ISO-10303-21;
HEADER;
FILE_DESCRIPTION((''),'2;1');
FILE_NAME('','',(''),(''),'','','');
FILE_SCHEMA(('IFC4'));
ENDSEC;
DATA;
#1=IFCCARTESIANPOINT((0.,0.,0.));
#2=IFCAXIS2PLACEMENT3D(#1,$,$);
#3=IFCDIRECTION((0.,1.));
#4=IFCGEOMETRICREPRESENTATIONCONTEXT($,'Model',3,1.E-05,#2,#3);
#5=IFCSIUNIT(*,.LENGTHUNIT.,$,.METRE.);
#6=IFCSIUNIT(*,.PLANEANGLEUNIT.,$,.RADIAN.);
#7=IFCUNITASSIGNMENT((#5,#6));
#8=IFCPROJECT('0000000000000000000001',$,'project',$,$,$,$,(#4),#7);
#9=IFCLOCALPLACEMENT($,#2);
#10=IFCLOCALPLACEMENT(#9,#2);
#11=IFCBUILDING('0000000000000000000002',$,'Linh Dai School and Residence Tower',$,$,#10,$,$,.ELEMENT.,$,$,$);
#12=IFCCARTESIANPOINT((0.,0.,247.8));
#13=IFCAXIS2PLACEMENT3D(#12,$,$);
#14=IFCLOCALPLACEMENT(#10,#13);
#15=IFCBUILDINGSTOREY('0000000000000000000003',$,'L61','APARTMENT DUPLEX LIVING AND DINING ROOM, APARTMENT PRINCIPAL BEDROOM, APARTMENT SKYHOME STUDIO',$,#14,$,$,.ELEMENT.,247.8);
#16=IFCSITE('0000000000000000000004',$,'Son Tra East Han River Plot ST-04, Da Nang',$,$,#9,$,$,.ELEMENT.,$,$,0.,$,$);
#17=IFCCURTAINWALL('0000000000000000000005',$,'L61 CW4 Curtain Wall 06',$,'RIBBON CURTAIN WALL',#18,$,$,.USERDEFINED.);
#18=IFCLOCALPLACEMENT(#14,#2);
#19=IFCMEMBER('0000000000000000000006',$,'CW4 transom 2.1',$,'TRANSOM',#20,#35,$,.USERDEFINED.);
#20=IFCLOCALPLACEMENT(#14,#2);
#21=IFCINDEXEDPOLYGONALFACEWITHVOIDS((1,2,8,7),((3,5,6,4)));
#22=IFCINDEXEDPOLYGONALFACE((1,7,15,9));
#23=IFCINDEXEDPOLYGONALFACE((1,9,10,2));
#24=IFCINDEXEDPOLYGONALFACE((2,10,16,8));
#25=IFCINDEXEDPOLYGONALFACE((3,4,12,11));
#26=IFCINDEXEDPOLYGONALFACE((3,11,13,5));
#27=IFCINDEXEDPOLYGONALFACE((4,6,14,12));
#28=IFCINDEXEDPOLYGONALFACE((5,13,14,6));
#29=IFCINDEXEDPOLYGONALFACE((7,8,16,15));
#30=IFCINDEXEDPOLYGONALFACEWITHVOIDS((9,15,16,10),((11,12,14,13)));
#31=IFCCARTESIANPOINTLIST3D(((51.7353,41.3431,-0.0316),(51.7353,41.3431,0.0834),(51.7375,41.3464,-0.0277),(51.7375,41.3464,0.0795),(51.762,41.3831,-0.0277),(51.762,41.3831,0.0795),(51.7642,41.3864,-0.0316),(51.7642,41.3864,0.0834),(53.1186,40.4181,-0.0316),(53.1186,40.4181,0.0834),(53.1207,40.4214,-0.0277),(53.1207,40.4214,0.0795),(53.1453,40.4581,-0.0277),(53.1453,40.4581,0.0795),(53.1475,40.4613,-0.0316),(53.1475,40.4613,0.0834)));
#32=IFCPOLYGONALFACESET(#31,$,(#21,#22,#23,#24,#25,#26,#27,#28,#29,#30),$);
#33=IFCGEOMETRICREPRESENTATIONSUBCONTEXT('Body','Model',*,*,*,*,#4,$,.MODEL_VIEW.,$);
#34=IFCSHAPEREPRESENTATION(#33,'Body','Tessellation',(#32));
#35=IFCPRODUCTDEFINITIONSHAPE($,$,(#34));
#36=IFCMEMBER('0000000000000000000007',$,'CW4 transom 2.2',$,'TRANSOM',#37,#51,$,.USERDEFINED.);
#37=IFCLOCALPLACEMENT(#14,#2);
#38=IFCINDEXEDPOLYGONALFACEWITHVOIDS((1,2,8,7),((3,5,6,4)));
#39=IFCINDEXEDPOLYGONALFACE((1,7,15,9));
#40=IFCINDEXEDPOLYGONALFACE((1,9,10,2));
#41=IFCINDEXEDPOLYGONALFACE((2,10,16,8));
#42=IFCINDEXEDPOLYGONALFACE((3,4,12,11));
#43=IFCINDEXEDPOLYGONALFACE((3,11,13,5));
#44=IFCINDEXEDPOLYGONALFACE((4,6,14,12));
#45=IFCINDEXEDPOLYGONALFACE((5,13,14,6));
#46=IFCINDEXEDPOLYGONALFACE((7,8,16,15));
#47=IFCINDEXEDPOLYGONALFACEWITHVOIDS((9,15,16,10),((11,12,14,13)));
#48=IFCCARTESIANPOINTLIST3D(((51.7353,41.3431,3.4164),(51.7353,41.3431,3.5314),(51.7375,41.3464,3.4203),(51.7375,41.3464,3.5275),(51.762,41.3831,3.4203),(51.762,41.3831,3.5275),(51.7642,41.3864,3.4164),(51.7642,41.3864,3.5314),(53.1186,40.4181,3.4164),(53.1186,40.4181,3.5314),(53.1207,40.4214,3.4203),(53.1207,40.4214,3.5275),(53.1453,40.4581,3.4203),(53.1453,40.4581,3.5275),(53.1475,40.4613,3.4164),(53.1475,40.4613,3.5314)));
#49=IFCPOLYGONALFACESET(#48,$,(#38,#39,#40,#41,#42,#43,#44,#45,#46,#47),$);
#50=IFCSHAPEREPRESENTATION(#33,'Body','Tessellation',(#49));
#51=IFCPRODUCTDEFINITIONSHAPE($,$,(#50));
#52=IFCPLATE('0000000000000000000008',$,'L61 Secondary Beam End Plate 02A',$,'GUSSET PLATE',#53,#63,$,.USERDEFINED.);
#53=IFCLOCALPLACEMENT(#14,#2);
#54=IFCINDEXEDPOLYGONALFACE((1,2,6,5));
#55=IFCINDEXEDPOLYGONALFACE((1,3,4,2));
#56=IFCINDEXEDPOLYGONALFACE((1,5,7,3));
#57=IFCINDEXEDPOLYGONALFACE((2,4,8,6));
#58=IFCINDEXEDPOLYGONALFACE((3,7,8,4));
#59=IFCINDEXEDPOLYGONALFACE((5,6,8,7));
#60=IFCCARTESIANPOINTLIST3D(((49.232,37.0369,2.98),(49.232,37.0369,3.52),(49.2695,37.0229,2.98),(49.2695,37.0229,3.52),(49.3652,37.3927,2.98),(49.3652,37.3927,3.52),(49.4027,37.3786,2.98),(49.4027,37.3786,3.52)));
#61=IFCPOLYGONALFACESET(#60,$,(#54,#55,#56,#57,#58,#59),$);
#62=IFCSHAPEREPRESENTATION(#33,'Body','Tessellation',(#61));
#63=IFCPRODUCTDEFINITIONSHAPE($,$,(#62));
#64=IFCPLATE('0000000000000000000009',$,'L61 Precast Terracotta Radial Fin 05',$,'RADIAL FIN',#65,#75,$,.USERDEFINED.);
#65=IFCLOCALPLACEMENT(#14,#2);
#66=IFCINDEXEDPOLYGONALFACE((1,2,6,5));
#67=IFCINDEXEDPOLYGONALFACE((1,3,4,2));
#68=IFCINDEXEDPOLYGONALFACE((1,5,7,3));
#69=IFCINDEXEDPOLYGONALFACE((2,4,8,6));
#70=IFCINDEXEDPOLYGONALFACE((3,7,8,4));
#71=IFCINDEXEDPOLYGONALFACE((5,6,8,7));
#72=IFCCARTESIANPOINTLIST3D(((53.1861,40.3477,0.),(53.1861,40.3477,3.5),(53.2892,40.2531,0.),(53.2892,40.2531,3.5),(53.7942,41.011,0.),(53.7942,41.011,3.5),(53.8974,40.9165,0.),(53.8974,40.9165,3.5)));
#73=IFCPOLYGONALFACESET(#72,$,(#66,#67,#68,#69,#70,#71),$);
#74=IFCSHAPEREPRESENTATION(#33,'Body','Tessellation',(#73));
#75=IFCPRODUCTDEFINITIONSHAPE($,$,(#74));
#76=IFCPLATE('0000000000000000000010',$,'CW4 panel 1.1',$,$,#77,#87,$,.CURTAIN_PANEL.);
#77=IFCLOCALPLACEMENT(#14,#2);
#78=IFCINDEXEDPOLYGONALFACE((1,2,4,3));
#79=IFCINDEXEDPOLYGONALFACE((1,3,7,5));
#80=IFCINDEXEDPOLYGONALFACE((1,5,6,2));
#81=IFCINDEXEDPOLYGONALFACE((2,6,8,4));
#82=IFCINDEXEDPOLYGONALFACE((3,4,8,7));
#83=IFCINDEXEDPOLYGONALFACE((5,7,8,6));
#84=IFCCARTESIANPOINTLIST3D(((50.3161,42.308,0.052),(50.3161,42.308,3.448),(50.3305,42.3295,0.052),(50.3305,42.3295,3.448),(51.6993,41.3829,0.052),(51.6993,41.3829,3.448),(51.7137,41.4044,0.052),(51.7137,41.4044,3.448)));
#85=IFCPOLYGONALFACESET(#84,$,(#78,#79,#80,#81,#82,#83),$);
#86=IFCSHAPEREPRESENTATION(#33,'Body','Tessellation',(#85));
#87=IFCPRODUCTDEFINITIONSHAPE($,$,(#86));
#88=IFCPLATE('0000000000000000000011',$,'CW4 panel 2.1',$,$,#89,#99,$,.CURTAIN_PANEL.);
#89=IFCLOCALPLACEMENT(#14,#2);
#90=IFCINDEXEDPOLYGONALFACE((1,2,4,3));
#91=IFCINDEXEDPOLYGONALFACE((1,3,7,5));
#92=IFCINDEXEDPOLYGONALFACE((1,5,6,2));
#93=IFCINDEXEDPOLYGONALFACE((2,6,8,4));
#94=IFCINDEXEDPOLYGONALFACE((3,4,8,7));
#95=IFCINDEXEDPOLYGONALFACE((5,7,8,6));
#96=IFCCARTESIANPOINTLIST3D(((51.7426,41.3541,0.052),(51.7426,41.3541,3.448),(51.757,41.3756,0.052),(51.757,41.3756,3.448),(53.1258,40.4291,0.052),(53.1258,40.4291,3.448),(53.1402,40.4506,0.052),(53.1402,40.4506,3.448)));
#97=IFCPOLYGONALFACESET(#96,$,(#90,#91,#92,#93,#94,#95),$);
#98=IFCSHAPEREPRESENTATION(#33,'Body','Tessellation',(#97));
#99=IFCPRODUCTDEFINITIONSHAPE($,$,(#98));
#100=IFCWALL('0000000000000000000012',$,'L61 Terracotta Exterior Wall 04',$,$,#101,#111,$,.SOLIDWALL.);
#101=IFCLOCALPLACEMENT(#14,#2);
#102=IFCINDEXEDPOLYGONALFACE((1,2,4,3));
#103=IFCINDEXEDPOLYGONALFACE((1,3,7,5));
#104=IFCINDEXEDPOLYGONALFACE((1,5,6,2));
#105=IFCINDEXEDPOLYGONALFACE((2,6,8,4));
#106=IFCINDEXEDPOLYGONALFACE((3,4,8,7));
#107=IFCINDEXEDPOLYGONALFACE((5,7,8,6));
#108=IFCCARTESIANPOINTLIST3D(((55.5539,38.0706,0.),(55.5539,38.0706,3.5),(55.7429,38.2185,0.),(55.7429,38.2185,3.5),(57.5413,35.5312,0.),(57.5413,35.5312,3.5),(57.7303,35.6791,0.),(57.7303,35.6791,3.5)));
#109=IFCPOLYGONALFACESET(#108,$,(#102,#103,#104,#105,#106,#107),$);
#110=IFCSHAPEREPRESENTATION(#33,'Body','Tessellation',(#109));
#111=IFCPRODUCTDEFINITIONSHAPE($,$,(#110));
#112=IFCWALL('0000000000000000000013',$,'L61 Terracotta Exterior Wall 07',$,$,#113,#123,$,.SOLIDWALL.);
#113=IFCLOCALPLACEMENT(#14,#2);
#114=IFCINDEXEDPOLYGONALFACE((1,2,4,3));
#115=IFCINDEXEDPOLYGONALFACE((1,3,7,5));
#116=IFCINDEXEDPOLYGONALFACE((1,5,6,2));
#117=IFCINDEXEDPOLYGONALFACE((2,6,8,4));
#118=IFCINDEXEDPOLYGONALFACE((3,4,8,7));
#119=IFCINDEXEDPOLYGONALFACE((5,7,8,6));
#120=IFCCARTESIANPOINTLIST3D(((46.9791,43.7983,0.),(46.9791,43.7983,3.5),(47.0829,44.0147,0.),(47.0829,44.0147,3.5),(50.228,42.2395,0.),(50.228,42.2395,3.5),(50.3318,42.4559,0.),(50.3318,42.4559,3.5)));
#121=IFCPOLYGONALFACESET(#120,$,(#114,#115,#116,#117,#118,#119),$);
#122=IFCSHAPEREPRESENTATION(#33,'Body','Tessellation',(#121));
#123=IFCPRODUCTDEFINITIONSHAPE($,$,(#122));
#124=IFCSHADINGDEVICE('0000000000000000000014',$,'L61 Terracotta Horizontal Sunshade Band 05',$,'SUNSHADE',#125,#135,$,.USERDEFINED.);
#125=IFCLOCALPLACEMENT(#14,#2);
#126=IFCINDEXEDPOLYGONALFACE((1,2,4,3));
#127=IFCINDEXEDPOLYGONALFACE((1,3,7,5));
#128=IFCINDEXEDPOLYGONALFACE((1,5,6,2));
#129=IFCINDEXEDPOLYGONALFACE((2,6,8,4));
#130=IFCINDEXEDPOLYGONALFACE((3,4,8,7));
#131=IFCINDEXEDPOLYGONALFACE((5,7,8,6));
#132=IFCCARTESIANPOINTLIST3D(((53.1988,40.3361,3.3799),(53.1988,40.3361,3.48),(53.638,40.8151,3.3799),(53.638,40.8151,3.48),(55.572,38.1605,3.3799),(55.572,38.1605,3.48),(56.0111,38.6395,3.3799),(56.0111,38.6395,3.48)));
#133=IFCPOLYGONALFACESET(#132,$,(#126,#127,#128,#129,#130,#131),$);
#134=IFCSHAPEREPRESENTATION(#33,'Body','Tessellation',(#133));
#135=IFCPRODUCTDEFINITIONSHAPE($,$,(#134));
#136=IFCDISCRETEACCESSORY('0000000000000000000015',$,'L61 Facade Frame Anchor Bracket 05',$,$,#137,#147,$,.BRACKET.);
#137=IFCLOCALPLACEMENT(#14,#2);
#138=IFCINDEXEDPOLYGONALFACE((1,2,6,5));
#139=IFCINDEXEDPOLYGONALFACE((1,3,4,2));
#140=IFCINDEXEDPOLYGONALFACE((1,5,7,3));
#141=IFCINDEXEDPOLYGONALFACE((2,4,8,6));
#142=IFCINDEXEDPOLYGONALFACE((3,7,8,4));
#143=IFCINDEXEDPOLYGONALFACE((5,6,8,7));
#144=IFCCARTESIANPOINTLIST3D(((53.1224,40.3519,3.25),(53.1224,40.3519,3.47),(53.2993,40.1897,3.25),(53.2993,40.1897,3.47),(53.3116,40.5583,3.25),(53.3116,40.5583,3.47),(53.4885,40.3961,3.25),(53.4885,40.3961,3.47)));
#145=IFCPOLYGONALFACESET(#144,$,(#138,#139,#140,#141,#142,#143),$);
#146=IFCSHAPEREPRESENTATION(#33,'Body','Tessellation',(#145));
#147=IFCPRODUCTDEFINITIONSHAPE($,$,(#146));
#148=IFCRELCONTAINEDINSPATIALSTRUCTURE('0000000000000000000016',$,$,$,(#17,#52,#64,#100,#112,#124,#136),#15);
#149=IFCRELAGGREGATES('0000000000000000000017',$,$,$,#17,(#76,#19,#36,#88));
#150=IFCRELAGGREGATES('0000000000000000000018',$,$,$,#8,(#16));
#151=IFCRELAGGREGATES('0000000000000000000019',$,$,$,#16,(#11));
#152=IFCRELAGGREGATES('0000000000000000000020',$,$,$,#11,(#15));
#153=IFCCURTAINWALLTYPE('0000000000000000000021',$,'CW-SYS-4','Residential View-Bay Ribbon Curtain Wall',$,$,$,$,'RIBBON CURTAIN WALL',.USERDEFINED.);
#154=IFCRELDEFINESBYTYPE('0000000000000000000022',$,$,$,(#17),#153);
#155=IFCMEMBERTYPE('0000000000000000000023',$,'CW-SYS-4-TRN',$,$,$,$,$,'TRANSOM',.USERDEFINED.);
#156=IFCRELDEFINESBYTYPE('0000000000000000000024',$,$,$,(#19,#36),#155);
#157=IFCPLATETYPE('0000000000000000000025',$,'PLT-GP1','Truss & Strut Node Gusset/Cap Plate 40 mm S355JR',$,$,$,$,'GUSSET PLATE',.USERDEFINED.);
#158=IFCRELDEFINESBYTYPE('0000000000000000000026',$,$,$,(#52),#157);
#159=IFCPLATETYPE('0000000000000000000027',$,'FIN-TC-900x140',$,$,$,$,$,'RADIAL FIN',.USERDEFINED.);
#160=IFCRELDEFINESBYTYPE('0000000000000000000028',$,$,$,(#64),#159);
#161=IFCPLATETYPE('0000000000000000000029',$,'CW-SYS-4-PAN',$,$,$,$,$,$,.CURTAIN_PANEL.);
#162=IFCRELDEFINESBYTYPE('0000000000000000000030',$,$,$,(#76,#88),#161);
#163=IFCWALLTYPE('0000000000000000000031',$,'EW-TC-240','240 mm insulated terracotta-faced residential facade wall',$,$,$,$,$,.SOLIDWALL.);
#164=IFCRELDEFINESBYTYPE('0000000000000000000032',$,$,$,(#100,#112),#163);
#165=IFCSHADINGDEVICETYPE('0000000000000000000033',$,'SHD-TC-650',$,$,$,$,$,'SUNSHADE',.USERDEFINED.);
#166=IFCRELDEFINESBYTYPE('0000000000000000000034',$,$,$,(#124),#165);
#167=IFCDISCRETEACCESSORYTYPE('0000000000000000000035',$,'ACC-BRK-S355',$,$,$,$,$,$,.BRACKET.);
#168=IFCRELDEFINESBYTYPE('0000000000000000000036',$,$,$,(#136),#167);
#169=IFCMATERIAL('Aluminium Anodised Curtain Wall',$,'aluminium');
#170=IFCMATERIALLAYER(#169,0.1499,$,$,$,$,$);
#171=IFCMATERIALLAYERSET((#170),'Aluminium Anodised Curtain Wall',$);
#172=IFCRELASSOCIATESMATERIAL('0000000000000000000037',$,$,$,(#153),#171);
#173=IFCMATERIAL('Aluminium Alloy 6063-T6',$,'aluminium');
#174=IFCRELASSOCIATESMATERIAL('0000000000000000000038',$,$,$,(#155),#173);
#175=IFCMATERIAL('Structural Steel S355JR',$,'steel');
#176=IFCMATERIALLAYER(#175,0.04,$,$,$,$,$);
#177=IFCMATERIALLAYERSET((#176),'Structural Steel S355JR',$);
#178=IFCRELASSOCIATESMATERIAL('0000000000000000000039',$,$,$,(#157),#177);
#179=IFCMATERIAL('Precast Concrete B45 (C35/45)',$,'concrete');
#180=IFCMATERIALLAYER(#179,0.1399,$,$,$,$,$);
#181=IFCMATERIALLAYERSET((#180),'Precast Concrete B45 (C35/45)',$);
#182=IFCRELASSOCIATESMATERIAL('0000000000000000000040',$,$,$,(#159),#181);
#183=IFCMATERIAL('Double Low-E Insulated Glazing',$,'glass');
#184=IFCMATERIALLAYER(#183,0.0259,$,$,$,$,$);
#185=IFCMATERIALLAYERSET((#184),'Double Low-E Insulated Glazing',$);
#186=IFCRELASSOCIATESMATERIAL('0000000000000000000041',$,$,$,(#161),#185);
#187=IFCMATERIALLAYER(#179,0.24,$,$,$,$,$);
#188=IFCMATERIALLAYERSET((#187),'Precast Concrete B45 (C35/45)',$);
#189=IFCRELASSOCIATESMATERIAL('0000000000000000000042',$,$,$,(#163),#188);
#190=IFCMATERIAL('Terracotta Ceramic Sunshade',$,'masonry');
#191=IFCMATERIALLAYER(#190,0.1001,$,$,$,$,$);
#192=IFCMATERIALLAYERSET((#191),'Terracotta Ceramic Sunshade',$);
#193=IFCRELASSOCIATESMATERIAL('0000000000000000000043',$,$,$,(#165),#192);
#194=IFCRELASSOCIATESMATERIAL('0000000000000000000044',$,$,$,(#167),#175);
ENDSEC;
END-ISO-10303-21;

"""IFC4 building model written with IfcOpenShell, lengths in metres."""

from ifc_helpers import new_model, si_unit, direction, frame, frame_2d, origin, origin_2d, place, context, subcontext, project, spatial, rectangle, hollow_rectangle, extrude, source, transform, mapped, material, layer, layer_set, material_profile, profile_set, type_object, element, aggregate, save


model = new_model("IFC4")

# Units and contexts
model_context = context("Model", 3, precision=1e-05, world=origin(), true_north=direction((0.0, 1.0)))
body_context = subcontext(model_context, "Body", "Model", "MODEL_VIEW")
ifc_project = project(units=[si_unit("LENGTHUNIT", "METRE"), si_unit("PLANEANGLEUNIT", "RADIAN")], contexts=[model_context])

# Site, building, storey
site_placement = place(None, origin())
site = spatial("IfcSite", under=ifc_project, at=site_placement, Name="Son Tra East Han River Plot ST-04, Da Nang", CompositionType="ELEMENT", RefElevation=0.0)
building_placement = place(site_placement, origin())
building = spatial("IfcBuilding", under=site, at=building_placement, Name="Linh Dai School and Residence Tower", CompositionType="ELEMENT")
storey_placement = place(building_placement, frame((0.0, 0.0, 247.8)))
storey = spatial("IfcBuildingStorey", under=building, at=storey_placement, Name="L61", Description="APARTMENT DUPLEX LIVING AND DINING ROOM, APARTMENT PRINCIPAL BEDROOM, APARTMENT SKYHOME STUDIO", CompositionType="ELEMENT", Elevation=247.8)

# Shared definitions
ifc_material_1 = material(Name="Structural Steel S355JR", Category="steel")

# Curtain wall, members
ifc_material_2 = material(Name="Aluminium Anodised Curtain Wall", Category="aluminium")
ifc_layer_1 = layer(ifc_material_2, 0.1499)
ifc_layer_set_1 = layer_set([ifc_layer_1], Name="Aluminium Anodised Curtain Wall")
curtain_wall_type = type_object("IfcCurtainWallType", Name="CW-SYS-4", Description="Residential View-Bay Ribbon Curtain Wall", ElementType="RIBBON CURTAIN WALL", PredefinedType="USERDEFINED", material=ifc_layer_set_1)
curtain_wall_placement = place(storey_placement, origin())
curtain_wall = element("IfcCurtainWall", 1, at=curtain_wall_placement, inside=storey, type_object=curtain_wall_type, Name="L61 CW4 Curtain Wall 06", ObjectType="RIBBON CURTAIN WALL", PredefinedType="USERDEFINED")
ifc_material_3 = material(Name="Aluminium Alloy 6063-T6", Category="aluminium")
ifc_material_profile_1 = material_profile(ifc_material_3, hollow_rectangle(XDim=0.052, YDim=0.115, WallThickness=0.0039, at=origin_2d()), Name="RHS 115x52x4")
ifc_profile_set_1 = profile_set([ifc_material_profile_1], Name="Aluminium Alloy 6063-T6")
member_type_1 = type_object("IfcMemberType", Name="CW-SYS-4-TRN", ElementType="TRANSOM", PredefinedType="USERDEFINED", material=ifc_profile_set_1)
shared_shape_1 = source(origin(), body_context, "Body", "SweptSolid", [
    extrude(hollow_rectangle(XDim=0.052, YDim=0.115, WallThickness=0.0039, at=origin_2d()), origin(), (0.0, 0.0, 1.0), 1.6641),
])
member_1_placement = place(storey_placement, frame((51.7498, 41.3647, 0.0259), z_axis=(0.831259, -0.555885, 0.0), x_axis=(0.555885, 0.831259, 0.0)))
member_1 = element("IfcMember", 2, at=member_1_placement, type_object=member_type_1, Name="CW4 transom 2.1", ObjectType="TRANSOM", PredefinedType="USERDEFINED", context=body_context, shape_type="MappedRepresentation", body=[
    mapped(shared_shape_1, transform((0.0, 0.0, 0.0), x_axis=(1.0, 0.0, 0.0), y_axis=(0.0, 1.0, 0.0), z_axis=(0.0, 0.0, 1.0), scale=1.0)),
])
member_2_placement = place(storey_placement, frame((51.7498, 41.3647, 3.4739), z_axis=(0.831259, -0.555885, 0.0), x_axis=(0.555885, 0.831259, 0.0)))
member_2 = element("IfcMember", 3, at=member_2_placement, type_object=member_type_1, Name="CW4 transom 2.2", ObjectType="TRANSOM", PredefinedType="USERDEFINED", context=body_context, shape_type="MappedRepresentation", body=[
    mapped(shared_shape_1, transform((0.0, 0.0, 0.0), x_axis=(1.0, 0.0, 0.0), y_axis=(0.0, 1.0, 0.0), z_axis=(0.0, 0.0, 1.0), scale=1.0)),
])

# Plates
ifc_layer_2 = layer(ifc_material_1, 0.04)
ifc_layer_set_2 = layer_set([ifc_layer_2], Name="Structural Steel S355JR")
plate_type_1 = type_object("IfcPlateType", Name="PLT-GP1", Description="Truss & Strut Node Gusset/Cap Plate 40 mm S355JR", ElementType="GUSSET PLATE", PredefinedType="USERDEFINED", material=ifc_layer_set_2)
shared_shape_2 = source(origin(), body_context, "Body", "SweptSolid", [
    extrude(rectangle(XDim=0.04, YDim=0.3799, at=origin_2d()), origin(), (0.0, 0.0, 1.0), 0.54),
])
plate_1_placement = place(storey_placement, frame((49.3174, 37.2078, 2.98), z_axis=(0.0, 0.0, 1.0), x_axis=(-0.936534, 0.350577, 0.0)))
element("IfcPlate", 4, at=plate_1_placement, inside=storey, type_object=plate_type_1, Name="L61 Secondary Beam End Plate 02A", ObjectType="GUSSET PLATE", PredefinedType="USERDEFINED", context=body_context, shape_type="MappedRepresentation", body=[
    mapped(shared_shape_2, transform((0.0, 0.0, 0.0), x_axis=(1.0, 0.0, 0.0), y_axis=(0.0, 1.0, 0.0), z_axis=(0.0, 0.0, 1.0), scale=1.0)),
])
ifc_material_4 = material(Name="Precast Concrete B45 (C35/45)", Category="concrete")
ifc_layer_3 = layer(ifc_material_4, 0.1399)
ifc_layer_set_3 = layer_set([ifc_layer_3], Name="Precast Concrete B45 (C35/45)")
plate_type_2 = type_object("IfcPlateType", Name="FIN-TC-900x140", ElementType="RADIAL FIN", PredefinedType="USERDEFINED", material=ifc_layer_set_3)
shared_shape_3 = source(origin(), body_context, "Body", "SweptSolid", [
    extrude(rectangle(XDim=0.8999, YDim=0.1399, at=origin_2d()), origin(), (0.0, 0.0, 1.0), 3.5),
])
plate_2_placement = place(storey_placement, frame((53.5417, 40.6321, 0.0), z_axis=(0.0, 0.0, 1.0), x_axis=(0.675758, 0.737124, 0.0)))
element("IfcPlate", 5, at=plate_2_placement, inside=storey, type_object=plate_type_2, Name="L61 Precast Terracotta Radial Fin 05", ObjectType="RADIAL FIN", PredefinedType="USERDEFINED", context=body_context, shape_type="MappedRepresentation", body=[
    mapped(shared_shape_3, transform((0.0, 0.0, 0.0), x_axis=(1.0, 0.0, 0.0), y_axis=(0.0, 1.0, 0.0), z_axis=(0.0, 0.0, 1.0), scale=1.0)),
])

# Plates
ifc_material_5 = material(Name="Double Low-E Insulated Glazing", Category="glass")
ifc_layer_4 = layer(ifc_material_5, 0.0259)
ifc_layer_set_4 = layer_set([ifc_layer_4], Name="Double Low-E Insulated Glazing")
plate_type_3 = type_object("IfcPlateType", Name="CW-SYS-4-PAN", PredefinedType="CURTAIN_PANEL", material=ifc_layer_set_4)
shared_shape_4 = source(origin(), body_context, "Body", "SweptSolid", [
    extrude(rectangle(XDim=1.6641, YDim=0.0259, at=origin_2d()), origin(), (0.0, 0.0, 1.0), 3.396),
])
plate_3_placement = place(storey_placement, frame((51.0149, 41.8562, 0.052), z_axis=(0.0, 0.0, 1.0), x_axis=(0.831258, -0.555887, 0.0)))
plate_3 = element("IfcPlate", 6, at=plate_3_placement, type_object=plate_type_3, Name="CW4 panel 1.1", PredefinedType="CURTAIN_PANEL", context=body_context, shape_type="MappedRepresentation", body=[
    mapped(shared_shape_4, transform((0.0, 0.0, 0.0), x_axis=(1.0, 0.0, 0.0), y_axis=(0.0, 1.0, 0.0), z_axis=(0.0, 0.0, 1.0), scale=1.0)),
])
plate_4_placement = place(storey_placement, frame((52.4414, 40.9023, 0.052), z_axis=(0.0, 0.0, 1.0), x_axis=(0.831258, -0.555887, 0.0)))
plate_4 = element("IfcPlate", 7, at=plate_4_placement, type_object=plate_type_3, Name="CW4 panel 2.1", PredefinedType="CURTAIN_PANEL", context=body_context, shape_type="MappedRepresentation", body=[
    mapped(shared_shape_4, transform((0.0, 0.0, 0.0), x_axis=(1.0, 0.0, 0.0), y_axis=(0.0, 1.0, 0.0), z_axis=(0.0, 0.0, 1.0), scale=1.0)),
])
aggregate(curtain_wall, [plate_3, member_1, member_2, plate_4])

# Wall
ifc_layer_5 = layer(ifc_material_4, 0.24)
ifc_layer_set_5 = layer_set([ifc_layer_5], Name="Precast Concrete B45 (C35/45)")
wall_type = type_object("IfcWallType", Name="EW-TC-240", Description="240 mm insulated terracotta-faced residential facade wall", PredefinedType="SOLIDWALL", material=ifc_layer_set_5)
wall_1_placement = place(storey_placement, frame((55.6484, 38.1445, 0.0), z_axis=(0.0, 0.0, 1.0), x_axis=(0.616312, -0.787502, 0.0)))
element("IfcWall", 8, at=wall_1_placement, inside=storey, type_object=wall_type, Name="L61 Terracotta Exterior Wall 04", PredefinedType="SOLIDWALL", context=body_context, shape_type="SweptSolid", body=[
    extrude(rectangle(XDim=3.2246, YDim=0.24, at=frame_2d((1.6123, 0.0))), origin(), (0.0, 0.0, 1.0), 3.5),
])

# Wall
wall_2_placement = place(storey_placement, frame((47.031, 43.9065, 0.0), z_axis=(0.0, 0.0, 1.0), x_axis=(0.901598, -0.432575, 0.0)))
element("IfcWall", 9, at=wall_2_placement, inside=storey, type_object=wall_type, Name="L61 Terracotta Exterior Wall 07", PredefinedType="SOLIDWALL", context=body_context, shape_type="SweptSolid", body=[
    extrude(rectangle(XDim=3.6035, YDim=0.24, at=frame_2d((1.8018, 0.0))), origin(), (0.0, 0.0, 1.0), 3.5),
])

# Shading device
ifc_material_6 = material(Name="Terracotta Ceramic Sunshade", Category="masonry")
ifc_layer_6 = layer(ifc_material_6, 0.1001)
ifc_layer_set_6 = layer_set([ifc_layer_6], Name="Terracotta Ceramic Sunshade")
shading_device_type = type_object("IfcShadingDeviceType", Name="SHD-TC-650", ElementType="SUNSHADE", PredefinedType="USERDEFINED", material=ifc_layer_set_6)
shared_shape_5 = source(origin(), body_context, "Body", "SweptSolid", [
    extrude(rectangle(XDim=3.2195, YDim=0.6499, at=origin_2d()), origin(), (0.0, 0.0, 1.0), 0.1001),
])
shading_device_placement = place(storey_placement, frame((54.605, 39.4878, 3.3799), z_axis=(0.0, 0.0, 1.0), x_axis=(0.737124, -0.675758, 0.0)))
element("IfcShadingDevice", 10, at=shading_device_placement, inside=storey, type_object=shading_device_type, Name="L61 Terracotta Horizontal Sunshade Band 05", ObjectType="SUNSHADE", PredefinedType="USERDEFINED", context=body_context, shape_type="MappedRepresentation", body=[
    mapped(shared_shape_5, transform((0.0, 0.0, 0.0), x_axis=(1.0, 0.0, 0.0), y_axis=(0.0, 1.0, 0.0), z_axis=(0.0, 0.0, 1.0), scale=1.0)),
])

# Discrete accessory
discrete_accessory_type = type_object("IfcDiscreteAccessoryType", Name="ACC-BRK-S355", PredefinedType="BRACKET", material=ifc_material_1)
shared_shape_6 = source(origin(), body_context, "Body", "SweptSolid", [
    extrude(rectangle(XDim=0.28, YDim=0.24, at=origin_2d()), origin(), (0.0, 0.0, 1.0), 0.22),
])
discrete_accessory_placement = place(storey_placement, frame((53.3054, 40.374, 3.25), z_axis=(0.0, 0.0, 1.0), x_axis=(0.675758, 0.737124, 0.0)))
element("IfcDiscreteAccessory", 11, at=discrete_accessory_placement, inside=storey, type_object=discrete_accessory_type, Name="L61 Facade Frame Anchor Bracket 05", PredefinedType="BRACKET", context=body_context, shape_type="MappedRepresentation", body=[
    mapped(shared_shape_6, transform((0.0, 0.0, 0.0), x_axis=(1.0, 0.0, 0.0), y_axis=(0.0, 1.0, 0.0), z_axis=(0.0, 0.0, 1.0), scale=1.0)),
])

save(model, "model.ifc")
